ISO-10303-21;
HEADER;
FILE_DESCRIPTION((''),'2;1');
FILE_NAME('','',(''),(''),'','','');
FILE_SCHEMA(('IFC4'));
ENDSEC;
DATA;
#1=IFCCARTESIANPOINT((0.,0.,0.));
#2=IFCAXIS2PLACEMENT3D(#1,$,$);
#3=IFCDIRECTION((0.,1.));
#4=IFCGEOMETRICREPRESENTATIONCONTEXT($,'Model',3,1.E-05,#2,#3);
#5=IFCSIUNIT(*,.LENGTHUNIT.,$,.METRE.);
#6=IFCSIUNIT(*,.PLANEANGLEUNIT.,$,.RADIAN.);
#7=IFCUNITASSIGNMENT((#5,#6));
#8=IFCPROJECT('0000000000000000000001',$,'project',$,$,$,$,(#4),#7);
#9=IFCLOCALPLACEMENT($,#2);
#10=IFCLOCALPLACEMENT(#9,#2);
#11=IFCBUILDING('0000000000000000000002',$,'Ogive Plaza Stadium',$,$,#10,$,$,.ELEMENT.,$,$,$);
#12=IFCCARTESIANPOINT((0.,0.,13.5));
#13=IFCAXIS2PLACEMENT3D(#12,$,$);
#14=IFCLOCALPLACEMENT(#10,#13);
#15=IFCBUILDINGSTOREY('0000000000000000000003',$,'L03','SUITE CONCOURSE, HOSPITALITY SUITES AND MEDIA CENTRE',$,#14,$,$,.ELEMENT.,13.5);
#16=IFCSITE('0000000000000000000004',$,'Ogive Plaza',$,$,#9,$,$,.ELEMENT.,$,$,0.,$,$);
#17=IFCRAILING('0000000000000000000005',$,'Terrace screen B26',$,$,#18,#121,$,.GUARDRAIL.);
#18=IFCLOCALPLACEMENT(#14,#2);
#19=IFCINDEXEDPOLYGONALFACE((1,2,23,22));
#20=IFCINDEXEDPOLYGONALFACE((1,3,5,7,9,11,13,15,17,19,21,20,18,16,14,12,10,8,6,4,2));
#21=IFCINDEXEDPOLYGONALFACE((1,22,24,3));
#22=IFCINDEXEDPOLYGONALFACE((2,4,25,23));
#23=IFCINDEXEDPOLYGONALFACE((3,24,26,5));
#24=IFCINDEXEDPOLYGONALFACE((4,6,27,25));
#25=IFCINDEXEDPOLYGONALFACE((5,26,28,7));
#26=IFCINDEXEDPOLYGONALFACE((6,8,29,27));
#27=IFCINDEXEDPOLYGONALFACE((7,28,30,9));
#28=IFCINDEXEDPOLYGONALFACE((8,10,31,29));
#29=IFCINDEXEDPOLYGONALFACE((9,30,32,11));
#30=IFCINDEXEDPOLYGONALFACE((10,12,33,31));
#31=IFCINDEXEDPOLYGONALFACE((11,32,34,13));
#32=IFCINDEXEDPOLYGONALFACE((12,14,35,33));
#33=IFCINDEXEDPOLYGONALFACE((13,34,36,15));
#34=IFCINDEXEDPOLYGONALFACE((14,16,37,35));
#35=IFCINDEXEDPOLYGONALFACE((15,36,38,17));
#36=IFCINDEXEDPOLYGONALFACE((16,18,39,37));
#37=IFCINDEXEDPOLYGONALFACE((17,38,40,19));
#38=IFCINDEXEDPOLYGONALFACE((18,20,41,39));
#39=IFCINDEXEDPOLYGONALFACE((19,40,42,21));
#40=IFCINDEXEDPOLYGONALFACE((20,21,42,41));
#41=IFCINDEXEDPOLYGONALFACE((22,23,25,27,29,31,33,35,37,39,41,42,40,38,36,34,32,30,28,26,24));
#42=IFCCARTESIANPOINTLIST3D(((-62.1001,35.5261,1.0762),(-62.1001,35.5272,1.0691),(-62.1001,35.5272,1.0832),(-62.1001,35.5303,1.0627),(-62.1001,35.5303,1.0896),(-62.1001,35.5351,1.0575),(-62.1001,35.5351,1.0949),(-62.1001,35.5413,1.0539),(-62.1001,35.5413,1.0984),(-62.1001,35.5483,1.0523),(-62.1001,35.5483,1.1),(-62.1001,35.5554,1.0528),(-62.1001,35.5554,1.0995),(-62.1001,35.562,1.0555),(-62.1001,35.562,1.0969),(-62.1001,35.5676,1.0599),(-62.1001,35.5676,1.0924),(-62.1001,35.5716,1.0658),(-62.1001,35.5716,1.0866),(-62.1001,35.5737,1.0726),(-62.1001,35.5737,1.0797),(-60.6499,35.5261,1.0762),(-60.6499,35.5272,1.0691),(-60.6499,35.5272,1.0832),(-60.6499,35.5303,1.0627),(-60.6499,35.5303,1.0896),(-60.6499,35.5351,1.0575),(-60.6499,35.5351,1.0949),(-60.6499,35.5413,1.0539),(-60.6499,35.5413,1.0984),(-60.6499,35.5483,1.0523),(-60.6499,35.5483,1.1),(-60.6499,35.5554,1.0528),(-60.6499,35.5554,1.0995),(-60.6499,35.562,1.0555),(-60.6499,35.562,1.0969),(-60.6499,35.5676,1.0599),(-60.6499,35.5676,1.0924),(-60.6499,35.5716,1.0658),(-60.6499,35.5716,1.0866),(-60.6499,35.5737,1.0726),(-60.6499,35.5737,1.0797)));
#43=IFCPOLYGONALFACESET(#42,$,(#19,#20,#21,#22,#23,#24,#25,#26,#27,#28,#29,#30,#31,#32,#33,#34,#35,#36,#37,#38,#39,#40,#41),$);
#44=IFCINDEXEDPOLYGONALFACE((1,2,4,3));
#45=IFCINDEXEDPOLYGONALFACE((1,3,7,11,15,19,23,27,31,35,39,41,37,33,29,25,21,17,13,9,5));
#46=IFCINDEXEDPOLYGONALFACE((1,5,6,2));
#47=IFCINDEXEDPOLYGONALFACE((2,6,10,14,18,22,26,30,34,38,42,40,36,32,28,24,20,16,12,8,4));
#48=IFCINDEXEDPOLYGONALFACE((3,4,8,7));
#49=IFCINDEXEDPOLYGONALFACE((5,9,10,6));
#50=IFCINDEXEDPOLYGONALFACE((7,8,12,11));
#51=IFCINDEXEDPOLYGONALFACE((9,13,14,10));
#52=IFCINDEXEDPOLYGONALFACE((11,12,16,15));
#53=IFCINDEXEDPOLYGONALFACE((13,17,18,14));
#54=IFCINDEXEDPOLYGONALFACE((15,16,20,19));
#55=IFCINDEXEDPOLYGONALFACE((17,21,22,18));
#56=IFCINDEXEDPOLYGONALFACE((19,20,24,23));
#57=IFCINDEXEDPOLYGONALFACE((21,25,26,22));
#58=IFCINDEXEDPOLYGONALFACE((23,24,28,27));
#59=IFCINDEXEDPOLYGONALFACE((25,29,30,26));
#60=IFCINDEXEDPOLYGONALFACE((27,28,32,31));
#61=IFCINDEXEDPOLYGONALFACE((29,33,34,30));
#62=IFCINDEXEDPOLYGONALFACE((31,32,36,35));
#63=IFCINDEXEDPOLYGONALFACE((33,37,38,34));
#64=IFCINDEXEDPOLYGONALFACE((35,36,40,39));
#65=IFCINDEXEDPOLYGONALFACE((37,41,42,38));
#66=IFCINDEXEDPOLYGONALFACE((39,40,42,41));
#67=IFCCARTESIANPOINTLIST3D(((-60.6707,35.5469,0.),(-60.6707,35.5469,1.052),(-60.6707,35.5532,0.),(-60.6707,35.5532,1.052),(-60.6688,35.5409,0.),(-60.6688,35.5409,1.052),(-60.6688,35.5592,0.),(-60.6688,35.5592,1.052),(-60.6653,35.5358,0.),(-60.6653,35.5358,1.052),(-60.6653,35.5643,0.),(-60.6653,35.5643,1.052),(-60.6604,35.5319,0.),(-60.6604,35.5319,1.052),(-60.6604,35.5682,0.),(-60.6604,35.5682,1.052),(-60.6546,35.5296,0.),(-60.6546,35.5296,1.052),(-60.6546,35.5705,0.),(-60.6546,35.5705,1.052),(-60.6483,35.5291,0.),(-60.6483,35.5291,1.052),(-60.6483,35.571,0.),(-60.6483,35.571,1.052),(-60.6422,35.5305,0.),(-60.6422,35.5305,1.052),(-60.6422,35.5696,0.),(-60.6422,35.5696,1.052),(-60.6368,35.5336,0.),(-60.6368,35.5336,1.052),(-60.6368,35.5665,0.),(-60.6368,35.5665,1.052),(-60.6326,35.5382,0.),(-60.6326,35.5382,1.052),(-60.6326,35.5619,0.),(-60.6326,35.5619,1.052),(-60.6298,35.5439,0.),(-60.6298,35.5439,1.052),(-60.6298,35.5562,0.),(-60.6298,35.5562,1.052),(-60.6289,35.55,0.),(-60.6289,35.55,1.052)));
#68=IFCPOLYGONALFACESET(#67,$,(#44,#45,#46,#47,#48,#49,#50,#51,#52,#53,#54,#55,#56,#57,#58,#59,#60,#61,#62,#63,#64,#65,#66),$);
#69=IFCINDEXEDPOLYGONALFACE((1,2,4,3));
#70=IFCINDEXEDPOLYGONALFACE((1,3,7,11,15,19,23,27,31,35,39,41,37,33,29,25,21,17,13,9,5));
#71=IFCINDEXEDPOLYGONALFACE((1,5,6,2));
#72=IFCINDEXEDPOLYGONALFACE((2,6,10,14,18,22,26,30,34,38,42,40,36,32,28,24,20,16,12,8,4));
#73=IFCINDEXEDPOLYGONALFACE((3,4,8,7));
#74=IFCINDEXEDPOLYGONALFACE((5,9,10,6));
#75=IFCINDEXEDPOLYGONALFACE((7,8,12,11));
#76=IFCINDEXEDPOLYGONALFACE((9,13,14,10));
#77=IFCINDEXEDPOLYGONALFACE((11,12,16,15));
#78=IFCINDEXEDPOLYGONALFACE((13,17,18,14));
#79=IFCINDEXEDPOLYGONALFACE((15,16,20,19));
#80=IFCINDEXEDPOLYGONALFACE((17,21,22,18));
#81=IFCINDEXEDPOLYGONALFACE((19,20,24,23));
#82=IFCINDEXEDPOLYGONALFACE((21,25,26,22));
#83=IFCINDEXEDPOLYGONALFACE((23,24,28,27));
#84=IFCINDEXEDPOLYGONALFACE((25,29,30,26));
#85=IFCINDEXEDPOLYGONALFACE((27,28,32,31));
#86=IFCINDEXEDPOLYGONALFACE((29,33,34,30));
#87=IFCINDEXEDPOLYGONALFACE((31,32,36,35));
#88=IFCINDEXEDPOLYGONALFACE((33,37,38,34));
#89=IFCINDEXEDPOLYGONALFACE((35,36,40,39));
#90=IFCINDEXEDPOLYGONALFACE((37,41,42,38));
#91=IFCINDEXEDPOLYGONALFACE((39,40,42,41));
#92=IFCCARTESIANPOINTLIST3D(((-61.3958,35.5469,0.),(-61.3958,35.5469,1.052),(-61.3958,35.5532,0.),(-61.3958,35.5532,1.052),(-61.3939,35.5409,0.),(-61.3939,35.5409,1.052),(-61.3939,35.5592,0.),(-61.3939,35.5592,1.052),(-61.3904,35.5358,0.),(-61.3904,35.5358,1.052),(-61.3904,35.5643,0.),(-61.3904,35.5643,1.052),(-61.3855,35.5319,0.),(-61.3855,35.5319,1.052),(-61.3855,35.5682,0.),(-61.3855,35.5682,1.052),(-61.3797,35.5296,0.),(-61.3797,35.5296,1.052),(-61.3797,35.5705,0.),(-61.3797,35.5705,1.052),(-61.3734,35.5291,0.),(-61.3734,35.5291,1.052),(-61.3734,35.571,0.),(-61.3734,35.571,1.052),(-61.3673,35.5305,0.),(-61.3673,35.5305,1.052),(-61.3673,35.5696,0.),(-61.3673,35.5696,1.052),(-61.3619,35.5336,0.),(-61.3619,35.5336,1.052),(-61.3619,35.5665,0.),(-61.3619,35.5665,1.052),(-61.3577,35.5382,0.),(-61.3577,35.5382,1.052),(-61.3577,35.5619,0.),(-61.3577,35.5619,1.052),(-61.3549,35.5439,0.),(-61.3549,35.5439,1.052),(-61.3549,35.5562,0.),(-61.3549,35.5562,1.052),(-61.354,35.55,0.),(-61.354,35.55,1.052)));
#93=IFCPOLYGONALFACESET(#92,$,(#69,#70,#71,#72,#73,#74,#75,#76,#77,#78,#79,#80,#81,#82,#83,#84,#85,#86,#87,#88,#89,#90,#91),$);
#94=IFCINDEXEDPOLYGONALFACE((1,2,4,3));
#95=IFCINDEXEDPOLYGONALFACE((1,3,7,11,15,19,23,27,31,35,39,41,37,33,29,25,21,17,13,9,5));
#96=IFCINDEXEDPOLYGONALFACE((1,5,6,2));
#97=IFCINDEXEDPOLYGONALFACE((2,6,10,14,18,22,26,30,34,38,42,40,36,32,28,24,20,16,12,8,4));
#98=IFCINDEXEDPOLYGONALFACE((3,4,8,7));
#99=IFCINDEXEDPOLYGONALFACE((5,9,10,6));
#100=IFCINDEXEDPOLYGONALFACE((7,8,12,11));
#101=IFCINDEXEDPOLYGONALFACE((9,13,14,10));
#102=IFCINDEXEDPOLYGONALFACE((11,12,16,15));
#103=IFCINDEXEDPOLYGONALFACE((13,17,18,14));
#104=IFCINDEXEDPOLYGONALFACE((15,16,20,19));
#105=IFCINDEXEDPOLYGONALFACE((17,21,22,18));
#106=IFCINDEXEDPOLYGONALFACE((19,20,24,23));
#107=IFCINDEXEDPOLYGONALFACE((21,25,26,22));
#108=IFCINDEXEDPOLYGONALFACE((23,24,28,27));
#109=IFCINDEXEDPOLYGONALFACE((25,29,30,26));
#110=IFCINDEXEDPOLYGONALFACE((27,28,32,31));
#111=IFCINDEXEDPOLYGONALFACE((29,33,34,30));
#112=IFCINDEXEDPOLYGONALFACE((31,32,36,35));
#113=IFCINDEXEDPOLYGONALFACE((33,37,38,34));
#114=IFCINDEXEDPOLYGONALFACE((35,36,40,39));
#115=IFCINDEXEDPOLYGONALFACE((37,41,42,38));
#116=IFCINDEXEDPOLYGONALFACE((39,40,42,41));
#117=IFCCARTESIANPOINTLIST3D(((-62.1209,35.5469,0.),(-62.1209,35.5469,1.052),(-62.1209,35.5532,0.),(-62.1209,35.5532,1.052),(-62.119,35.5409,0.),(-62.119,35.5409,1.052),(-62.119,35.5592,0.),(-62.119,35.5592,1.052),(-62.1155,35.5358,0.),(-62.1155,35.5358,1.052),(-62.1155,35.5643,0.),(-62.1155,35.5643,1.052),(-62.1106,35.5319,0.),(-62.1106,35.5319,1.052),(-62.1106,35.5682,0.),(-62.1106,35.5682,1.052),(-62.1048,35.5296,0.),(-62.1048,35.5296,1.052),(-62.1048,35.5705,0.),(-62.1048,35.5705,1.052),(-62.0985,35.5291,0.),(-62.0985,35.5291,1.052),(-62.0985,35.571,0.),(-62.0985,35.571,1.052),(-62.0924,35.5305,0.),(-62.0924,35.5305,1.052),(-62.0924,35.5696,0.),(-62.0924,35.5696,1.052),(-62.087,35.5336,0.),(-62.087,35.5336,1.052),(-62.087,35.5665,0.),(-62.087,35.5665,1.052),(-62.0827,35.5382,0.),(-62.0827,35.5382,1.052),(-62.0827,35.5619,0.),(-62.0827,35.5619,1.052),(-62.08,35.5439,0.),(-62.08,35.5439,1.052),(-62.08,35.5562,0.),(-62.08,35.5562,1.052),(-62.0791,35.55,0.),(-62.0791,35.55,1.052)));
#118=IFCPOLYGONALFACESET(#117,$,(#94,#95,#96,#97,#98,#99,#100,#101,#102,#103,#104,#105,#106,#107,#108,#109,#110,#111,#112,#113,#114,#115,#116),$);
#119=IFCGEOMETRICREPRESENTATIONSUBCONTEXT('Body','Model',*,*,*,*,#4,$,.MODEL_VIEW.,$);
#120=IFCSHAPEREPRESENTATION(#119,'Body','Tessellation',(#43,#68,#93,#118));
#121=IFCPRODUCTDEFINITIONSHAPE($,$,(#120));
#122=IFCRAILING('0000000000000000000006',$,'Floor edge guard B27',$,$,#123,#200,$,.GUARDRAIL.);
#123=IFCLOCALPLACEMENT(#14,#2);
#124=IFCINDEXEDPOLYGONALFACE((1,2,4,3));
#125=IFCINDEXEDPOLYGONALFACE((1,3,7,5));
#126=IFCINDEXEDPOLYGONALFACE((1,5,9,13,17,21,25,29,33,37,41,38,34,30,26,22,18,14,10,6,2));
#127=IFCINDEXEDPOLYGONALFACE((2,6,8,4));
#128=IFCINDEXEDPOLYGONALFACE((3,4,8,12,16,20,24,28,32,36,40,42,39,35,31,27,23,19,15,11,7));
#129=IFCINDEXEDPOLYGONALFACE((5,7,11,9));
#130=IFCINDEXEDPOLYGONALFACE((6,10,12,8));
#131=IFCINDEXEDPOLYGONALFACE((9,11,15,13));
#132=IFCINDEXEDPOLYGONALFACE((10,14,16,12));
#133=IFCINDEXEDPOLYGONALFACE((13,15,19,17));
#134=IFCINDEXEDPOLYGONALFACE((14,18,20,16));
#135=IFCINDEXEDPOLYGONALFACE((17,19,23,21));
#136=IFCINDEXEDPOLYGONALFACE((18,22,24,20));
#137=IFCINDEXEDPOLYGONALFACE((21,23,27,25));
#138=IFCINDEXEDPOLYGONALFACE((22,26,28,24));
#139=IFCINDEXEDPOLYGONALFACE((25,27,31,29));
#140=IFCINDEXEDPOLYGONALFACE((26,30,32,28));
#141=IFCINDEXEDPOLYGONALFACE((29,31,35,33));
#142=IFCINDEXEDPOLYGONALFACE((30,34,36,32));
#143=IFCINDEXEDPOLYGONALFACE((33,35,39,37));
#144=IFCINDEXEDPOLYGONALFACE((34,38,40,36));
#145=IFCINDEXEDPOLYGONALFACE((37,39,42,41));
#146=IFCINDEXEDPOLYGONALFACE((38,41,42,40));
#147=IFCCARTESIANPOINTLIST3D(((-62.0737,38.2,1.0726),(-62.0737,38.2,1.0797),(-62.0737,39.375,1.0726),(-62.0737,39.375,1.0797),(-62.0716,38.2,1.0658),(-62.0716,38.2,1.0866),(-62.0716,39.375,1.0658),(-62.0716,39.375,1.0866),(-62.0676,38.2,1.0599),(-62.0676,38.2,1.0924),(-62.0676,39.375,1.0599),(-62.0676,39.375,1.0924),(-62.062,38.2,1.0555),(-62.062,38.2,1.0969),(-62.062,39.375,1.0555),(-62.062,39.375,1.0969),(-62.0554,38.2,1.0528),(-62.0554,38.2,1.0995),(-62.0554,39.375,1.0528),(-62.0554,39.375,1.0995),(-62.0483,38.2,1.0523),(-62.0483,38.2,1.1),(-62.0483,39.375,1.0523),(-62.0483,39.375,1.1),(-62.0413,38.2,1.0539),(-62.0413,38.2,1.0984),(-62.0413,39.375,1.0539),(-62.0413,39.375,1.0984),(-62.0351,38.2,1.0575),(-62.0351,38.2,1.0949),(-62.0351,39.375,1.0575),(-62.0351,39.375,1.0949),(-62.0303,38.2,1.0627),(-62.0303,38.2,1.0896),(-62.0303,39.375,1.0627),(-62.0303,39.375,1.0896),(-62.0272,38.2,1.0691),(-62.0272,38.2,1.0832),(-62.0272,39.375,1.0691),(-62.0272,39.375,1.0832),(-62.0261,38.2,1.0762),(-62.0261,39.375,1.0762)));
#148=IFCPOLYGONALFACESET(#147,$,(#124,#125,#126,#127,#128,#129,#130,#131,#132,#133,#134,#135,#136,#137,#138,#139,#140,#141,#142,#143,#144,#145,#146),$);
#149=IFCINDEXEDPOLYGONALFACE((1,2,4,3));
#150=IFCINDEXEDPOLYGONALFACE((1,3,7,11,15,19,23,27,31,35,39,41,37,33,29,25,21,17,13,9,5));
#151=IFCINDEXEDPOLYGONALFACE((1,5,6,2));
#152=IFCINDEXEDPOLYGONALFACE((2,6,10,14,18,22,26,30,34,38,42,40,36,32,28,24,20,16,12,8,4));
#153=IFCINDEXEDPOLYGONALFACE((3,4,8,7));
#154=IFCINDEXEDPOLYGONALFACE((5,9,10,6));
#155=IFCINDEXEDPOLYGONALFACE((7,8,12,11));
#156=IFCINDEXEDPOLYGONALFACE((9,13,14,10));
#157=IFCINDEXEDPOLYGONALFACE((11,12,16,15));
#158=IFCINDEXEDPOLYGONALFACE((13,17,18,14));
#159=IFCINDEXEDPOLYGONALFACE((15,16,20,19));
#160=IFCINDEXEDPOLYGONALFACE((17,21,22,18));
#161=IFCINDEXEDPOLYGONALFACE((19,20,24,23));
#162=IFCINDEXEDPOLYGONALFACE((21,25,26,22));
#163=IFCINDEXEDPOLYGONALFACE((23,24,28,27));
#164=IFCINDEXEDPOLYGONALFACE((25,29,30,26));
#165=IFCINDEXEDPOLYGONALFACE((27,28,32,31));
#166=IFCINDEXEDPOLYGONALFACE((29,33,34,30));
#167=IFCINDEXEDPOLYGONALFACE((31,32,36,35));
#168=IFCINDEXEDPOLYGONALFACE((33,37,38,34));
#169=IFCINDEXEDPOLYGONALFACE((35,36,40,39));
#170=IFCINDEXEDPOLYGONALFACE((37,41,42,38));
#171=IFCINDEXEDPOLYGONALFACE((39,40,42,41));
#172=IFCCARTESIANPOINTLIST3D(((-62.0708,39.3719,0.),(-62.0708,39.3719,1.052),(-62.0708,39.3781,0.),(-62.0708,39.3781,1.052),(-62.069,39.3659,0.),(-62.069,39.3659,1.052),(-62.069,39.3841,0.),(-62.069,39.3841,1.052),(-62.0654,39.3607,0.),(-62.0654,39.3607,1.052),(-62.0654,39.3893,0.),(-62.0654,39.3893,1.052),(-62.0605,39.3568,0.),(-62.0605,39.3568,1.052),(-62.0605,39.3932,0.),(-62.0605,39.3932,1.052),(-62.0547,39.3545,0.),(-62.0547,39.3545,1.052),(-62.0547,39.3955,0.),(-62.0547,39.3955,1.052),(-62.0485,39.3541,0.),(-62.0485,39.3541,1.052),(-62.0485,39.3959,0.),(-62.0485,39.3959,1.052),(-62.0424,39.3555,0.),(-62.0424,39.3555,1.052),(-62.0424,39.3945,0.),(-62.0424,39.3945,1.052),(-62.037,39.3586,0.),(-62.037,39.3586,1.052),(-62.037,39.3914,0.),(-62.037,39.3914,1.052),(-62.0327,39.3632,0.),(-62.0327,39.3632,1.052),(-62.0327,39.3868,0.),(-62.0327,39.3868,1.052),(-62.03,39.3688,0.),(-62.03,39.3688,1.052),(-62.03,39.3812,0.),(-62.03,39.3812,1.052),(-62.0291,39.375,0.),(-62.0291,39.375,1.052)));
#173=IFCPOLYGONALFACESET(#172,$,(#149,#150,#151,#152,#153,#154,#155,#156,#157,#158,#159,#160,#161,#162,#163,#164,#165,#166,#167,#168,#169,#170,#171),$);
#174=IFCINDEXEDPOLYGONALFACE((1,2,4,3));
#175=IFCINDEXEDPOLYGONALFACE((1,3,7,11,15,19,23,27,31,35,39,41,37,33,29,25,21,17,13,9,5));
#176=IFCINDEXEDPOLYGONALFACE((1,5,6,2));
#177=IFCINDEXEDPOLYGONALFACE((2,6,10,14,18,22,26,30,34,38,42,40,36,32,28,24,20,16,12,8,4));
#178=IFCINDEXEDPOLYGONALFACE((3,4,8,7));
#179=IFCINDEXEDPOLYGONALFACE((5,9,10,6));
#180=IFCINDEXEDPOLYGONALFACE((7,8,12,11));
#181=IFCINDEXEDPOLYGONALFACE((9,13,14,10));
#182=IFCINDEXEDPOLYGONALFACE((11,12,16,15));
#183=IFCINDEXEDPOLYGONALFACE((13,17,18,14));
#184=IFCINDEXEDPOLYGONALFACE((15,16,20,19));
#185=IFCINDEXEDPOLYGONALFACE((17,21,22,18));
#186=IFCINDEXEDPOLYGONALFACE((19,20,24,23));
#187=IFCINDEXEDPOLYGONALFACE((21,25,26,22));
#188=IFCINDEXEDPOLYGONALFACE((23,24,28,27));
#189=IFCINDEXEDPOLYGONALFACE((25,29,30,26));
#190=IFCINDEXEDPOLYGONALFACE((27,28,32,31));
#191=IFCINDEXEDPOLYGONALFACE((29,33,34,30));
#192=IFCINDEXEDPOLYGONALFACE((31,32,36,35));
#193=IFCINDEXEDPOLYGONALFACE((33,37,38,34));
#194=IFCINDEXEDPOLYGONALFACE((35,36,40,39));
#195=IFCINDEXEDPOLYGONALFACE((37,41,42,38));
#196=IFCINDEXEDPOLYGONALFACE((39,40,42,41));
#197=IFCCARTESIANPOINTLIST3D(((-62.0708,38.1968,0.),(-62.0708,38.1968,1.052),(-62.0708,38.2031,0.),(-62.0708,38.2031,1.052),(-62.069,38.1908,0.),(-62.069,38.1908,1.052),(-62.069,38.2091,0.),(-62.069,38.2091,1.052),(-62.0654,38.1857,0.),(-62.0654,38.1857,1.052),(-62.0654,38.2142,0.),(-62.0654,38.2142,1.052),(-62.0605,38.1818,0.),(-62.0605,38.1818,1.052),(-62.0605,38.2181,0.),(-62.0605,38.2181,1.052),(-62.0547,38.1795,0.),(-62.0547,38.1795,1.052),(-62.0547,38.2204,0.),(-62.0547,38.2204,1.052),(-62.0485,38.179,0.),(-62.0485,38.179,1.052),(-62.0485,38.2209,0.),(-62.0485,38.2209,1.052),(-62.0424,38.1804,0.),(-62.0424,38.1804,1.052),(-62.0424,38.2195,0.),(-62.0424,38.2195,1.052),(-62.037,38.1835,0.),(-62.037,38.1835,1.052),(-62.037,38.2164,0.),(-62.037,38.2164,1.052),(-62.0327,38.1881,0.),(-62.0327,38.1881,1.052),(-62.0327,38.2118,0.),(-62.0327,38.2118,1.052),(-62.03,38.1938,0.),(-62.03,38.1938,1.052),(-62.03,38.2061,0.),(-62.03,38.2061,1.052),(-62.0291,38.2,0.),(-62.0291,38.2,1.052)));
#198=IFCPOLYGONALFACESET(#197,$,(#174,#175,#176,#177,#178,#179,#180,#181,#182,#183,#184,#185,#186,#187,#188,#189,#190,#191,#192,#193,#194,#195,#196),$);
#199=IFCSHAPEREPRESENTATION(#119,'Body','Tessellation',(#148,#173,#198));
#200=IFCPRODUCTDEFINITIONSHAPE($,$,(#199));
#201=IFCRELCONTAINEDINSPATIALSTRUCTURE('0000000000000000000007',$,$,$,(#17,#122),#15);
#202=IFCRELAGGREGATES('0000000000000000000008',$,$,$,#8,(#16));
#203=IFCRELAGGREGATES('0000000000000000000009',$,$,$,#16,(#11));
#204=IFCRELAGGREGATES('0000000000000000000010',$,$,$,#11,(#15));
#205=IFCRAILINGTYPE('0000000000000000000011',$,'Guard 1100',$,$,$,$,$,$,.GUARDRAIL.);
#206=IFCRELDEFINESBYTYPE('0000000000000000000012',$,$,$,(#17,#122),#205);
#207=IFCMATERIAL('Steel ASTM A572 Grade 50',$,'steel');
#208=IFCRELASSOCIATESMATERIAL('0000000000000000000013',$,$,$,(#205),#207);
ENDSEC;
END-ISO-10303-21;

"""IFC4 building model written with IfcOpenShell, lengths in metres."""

from ifc_helpers import new_model, si_unit, direction, frame, origin, origin_2d, place, context, subcontext, project, spatial, circle, extrude, material, type_object, element, save


model = new_model("IFC4")

# Units and contexts
model_context = context("Model", 3, precision=1e-05, world=origin(), true_north=direction((0.0, 1.0)))
body_context = subcontext(model_context, "Body", "Model", "MODEL_VIEW")
ifc_project = project(units=[si_unit("LENGTHUNIT", "METRE"), si_unit("PLANEANGLEUNIT", "RADIAN")], contexts=[model_context])

# Site, building, storey
site_placement = place(None, origin())
site = spatial("IfcSite", under=ifc_project, at=site_placement, Name="Ogive Plaza", CompositionType="ELEMENT", RefElevation=0.0)
building_placement = place(site_placement, origin())
building = spatial("IfcBuilding", under=site, at=building_placement, Name="Ogive Plaza Stadium", CompositionType="ELEMENT")
storey_placement = place(building_placement, frame((0.0, 0.0, 13.5)))
storey = spatial("IfcBuildingStorey", under=building, at=storey_placement, Name="L03", Description="SUITE CONCOURSE, HOSPITALITY SUITES AND MEDIA CENTRE", CompositionType="ELEMENT", Elevation=13.5)

# Railings
ifc_material_1 = material(Name="Steel ASTM A572 Grade 50", Category="steel")
railing_type = type_object("IfcRailingType", Name="Guard 1100", PredefinedType="GUARDRAIL", material=ifc_material_1)
for number, where, name in (
    (1, (-60.6499, 35.55, 0.0), "Terrace screen B26"),
):
    element("IfcRailing", number, at=place(storey_placement, frame(where)), inside=storey, type_object=railing_type, Name=name, PredefinedType="GUARDRAIL", context=body_context, shape_type="SweptSolid", body=[
        extrude(circle(Radius=0.0239, at=origin_2d()), frame((0.0, 0.0, 1.0762), z_axis=(-1.0, 0.0, 0.0), x_axis=(0.0, -1.0, 0.0)), (0.0, 0.0, 1.0), 1.4502),
        extrude(circle(Radius=0.021, at=origin_2d()), origin(), (0.0, 0.0, 1.0), 1.052),
        extrude(circle(Radius=0.021, at=origin_2d()), frame((-0.7251, 0.0, 0.0)), (0.0, 0.0, 1.0), 1.052),
        extrude(circle(Radius=0.021, at=origin_2d()), frame((-1.4502, 0.0, 0.0)), (0.0, 0.0, 1.0), 1.052),
    ])
railing_1_placement = place(storey_placement, frame((-62.05, 39.375, 0.0)))
element("IfcRailing", 2, at=railing_1_placement, inside=storey, type_object=railing_type, Name="Floor edge guard B27", PredefinedType="GUARDRAIL", context=body_context, shape_type="SweptSolid", body=[
    extrude(circle(Radius=0.0239, at=origin_2d()), frame((0.0, 0.0, 1.0762), z_axis=(0.0, -1.0, 0.0), x_axis=(1.0, 0.0, 0.0)), (0.0, 0.0, 1.0), 1.175),
    extrude(circle(Radius=0.021, at=origin_2d()), origin(), (0.0, 0.0, 1.0), 1.052),
    extrude(circle(Radius=0.021, at=origin_2d()), frame((0.0, -1.175, 0.0)), (0.0, 0.0, 1.0), 1.052),
])

save(model, "model.ifc")
